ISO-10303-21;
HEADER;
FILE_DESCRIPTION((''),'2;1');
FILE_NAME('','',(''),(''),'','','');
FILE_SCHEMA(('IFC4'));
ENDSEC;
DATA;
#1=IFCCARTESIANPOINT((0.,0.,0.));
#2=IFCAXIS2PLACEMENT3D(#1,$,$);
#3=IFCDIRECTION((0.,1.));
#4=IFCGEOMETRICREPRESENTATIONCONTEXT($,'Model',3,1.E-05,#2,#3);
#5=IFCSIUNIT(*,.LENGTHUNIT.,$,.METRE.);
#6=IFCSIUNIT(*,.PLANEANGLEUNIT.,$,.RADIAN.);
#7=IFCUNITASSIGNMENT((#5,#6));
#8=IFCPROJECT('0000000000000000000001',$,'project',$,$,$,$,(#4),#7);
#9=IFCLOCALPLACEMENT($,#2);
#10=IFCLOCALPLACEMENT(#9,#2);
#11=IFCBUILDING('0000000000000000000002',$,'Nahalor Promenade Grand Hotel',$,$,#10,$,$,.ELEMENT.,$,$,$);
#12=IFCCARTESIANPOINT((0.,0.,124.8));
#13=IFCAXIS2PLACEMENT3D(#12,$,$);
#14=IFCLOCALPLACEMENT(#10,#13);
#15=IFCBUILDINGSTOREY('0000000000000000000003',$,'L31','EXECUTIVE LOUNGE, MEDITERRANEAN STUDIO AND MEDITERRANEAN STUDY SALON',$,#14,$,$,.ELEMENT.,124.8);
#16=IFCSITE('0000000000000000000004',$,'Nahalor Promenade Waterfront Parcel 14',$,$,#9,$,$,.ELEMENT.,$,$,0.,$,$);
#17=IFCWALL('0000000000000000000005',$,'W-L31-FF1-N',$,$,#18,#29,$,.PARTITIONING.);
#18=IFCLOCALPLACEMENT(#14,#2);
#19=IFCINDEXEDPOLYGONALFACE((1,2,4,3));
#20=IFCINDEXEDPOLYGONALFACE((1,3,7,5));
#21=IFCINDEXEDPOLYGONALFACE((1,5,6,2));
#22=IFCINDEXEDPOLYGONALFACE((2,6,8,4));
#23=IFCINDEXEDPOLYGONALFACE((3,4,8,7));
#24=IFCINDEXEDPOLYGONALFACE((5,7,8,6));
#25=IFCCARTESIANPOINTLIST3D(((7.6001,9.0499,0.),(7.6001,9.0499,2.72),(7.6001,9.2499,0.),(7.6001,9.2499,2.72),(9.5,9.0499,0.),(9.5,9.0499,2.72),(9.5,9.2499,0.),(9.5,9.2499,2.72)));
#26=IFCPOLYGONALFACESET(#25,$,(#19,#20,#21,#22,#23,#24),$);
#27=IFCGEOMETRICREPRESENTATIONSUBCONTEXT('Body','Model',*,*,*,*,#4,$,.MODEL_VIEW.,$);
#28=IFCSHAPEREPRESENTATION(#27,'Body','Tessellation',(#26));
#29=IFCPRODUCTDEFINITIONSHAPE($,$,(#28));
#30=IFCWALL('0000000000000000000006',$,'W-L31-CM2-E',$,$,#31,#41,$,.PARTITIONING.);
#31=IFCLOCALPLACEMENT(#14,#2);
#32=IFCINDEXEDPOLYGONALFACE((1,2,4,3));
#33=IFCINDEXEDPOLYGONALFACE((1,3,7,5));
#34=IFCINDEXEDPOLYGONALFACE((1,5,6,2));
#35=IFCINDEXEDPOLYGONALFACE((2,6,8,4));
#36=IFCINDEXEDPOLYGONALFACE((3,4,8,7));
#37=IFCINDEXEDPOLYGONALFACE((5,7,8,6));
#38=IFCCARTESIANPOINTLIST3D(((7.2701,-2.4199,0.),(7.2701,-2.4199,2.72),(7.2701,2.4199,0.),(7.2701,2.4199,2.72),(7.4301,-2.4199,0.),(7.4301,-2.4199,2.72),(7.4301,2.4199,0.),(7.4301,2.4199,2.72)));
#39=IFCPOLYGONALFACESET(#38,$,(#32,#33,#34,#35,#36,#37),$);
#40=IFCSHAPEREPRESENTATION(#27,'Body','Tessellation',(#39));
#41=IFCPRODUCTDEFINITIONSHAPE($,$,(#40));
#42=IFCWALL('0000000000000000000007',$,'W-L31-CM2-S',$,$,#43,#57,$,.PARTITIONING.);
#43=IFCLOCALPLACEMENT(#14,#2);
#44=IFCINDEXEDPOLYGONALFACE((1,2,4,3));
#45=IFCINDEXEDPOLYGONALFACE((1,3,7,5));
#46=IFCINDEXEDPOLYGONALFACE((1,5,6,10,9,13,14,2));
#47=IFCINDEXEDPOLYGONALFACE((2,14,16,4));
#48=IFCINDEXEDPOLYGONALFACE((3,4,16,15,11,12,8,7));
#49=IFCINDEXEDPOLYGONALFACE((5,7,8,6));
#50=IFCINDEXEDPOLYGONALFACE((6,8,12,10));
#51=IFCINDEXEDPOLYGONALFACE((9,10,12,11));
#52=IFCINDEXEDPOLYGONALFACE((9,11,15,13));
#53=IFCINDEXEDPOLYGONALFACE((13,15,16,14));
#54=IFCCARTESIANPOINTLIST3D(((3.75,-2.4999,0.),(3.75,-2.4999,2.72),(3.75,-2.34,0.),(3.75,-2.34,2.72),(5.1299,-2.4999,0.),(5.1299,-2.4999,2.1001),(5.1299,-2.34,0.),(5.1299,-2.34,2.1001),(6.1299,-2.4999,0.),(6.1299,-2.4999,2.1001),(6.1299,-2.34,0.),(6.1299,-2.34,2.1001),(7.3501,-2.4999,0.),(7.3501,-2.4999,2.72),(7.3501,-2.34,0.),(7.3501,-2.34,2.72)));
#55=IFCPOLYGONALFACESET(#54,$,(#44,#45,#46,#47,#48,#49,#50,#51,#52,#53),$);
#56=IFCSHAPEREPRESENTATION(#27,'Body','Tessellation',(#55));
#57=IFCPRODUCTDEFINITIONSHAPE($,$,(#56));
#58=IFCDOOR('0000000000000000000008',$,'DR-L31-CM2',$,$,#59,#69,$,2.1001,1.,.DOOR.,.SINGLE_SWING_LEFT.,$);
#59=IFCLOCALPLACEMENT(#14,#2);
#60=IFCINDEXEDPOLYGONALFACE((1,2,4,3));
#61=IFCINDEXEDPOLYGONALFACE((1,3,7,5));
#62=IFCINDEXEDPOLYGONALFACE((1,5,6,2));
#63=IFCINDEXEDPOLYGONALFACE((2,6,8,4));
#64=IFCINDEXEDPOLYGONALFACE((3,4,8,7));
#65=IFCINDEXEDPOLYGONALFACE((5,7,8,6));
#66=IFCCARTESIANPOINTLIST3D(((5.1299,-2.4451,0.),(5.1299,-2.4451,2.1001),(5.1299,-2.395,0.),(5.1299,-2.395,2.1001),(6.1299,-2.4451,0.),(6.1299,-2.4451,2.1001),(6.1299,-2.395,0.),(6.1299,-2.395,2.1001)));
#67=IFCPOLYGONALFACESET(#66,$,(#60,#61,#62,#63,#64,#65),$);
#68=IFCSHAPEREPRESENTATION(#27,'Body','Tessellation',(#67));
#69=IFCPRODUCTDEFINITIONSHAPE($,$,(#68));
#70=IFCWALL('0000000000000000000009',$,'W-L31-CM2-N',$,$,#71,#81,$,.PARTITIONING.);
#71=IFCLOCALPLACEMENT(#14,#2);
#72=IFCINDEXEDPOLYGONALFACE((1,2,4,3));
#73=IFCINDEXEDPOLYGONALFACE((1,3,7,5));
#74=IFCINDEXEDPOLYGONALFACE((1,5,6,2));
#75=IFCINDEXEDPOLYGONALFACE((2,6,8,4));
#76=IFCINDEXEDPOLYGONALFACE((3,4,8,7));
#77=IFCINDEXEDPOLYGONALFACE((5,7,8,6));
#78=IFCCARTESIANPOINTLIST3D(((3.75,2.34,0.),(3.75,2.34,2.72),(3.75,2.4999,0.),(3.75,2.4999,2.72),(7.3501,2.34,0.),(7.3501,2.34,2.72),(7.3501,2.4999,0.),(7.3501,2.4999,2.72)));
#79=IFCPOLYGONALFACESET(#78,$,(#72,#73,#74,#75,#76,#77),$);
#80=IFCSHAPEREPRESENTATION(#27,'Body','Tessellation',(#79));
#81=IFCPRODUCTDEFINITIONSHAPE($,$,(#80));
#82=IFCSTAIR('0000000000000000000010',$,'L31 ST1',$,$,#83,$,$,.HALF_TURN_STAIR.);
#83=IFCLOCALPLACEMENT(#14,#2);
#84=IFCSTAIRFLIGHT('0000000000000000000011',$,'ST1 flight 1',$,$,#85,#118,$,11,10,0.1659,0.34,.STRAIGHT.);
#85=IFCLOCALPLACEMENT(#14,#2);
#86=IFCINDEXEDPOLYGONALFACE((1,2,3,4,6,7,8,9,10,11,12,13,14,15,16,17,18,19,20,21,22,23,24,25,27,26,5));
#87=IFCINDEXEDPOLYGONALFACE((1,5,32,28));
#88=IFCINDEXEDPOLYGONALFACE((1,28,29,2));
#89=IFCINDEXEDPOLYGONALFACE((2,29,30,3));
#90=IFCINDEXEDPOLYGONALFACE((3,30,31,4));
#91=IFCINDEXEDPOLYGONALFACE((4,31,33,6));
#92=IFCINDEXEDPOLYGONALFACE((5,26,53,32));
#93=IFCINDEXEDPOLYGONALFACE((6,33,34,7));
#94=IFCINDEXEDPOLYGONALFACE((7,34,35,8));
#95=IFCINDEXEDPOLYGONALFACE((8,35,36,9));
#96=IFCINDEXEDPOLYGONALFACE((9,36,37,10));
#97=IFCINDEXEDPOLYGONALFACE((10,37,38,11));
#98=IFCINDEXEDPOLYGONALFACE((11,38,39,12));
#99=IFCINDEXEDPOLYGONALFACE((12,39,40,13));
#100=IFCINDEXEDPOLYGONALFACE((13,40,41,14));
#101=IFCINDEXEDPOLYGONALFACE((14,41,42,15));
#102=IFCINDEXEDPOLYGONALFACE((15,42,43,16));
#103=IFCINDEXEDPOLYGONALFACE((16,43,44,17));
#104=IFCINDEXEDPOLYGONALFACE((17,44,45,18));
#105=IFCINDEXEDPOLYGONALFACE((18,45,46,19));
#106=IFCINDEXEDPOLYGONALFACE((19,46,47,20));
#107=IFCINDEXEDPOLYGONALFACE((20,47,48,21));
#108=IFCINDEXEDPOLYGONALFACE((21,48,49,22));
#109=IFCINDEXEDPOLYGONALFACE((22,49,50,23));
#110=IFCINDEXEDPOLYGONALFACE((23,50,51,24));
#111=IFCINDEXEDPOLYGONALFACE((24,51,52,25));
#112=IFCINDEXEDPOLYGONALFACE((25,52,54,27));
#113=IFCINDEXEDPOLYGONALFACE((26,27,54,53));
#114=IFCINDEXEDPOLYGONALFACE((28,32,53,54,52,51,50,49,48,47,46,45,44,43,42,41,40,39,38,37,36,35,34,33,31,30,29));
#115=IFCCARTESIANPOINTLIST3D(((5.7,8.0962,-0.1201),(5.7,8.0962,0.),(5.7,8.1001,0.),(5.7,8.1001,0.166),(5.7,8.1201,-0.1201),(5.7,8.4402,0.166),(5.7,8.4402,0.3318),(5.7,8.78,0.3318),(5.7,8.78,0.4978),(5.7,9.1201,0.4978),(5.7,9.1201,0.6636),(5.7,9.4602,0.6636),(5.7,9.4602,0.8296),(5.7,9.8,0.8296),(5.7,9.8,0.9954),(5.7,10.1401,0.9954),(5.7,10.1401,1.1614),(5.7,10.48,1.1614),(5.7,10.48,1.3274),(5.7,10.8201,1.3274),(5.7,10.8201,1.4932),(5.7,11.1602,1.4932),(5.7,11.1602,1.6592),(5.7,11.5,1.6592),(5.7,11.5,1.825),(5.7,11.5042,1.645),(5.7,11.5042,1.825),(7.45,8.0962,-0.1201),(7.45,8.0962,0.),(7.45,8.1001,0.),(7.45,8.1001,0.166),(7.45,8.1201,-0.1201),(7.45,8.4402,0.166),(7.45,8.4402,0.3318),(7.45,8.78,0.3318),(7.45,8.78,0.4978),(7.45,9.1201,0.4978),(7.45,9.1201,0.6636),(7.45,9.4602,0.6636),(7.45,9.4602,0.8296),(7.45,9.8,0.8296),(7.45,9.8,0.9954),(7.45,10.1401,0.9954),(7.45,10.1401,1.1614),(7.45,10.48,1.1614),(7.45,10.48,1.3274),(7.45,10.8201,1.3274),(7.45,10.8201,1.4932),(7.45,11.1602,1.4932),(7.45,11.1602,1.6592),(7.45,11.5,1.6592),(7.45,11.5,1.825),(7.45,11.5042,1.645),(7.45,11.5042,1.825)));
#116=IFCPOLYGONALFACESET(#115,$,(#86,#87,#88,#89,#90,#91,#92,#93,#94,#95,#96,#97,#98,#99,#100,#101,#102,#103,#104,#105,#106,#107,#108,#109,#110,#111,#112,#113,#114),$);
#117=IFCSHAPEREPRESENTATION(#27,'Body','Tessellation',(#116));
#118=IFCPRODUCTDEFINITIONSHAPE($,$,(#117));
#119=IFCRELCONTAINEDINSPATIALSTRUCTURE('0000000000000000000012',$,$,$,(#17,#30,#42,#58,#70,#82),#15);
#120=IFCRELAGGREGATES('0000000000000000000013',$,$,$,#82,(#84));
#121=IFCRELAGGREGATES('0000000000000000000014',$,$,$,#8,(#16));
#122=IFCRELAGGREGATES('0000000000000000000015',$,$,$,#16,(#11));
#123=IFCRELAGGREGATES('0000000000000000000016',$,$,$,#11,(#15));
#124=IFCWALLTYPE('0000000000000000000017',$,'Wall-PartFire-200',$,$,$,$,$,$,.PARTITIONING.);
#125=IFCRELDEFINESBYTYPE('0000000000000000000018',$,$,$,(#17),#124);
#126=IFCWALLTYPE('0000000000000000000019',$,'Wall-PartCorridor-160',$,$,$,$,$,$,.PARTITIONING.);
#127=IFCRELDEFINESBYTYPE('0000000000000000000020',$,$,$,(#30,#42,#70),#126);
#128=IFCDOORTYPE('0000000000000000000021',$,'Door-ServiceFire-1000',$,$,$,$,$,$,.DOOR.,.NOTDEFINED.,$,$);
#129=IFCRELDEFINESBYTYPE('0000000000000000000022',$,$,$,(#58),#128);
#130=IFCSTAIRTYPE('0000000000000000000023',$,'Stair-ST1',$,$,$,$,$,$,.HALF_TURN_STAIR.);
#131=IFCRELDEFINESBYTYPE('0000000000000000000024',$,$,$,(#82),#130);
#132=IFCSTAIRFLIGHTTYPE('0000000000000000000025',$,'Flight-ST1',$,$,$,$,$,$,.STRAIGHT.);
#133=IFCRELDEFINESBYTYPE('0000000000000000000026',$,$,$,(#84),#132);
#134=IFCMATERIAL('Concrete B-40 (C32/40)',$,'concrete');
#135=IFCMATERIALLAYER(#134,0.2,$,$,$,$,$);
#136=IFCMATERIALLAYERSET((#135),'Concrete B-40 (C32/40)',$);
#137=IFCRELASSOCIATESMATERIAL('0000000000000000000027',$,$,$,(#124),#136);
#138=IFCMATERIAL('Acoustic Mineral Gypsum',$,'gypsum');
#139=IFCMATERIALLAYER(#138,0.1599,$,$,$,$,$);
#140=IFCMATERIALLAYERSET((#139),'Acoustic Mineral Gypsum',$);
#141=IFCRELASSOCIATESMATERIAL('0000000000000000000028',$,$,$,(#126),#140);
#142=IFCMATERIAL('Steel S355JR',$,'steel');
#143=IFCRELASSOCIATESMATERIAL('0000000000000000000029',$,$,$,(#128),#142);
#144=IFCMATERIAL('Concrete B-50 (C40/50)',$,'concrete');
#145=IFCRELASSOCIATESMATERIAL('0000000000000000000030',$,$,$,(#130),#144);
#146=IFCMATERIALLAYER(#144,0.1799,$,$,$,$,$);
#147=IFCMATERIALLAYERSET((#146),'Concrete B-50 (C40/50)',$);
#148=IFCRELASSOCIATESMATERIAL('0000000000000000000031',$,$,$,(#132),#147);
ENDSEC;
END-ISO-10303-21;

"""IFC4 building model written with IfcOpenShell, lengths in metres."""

from ifc_helpers import new_model, si_unit, direction, frame, frame_2d, origin, place, context, subcontext, project, spatial, polyline, rectangle, outline, extrude, source, transform, mapped, material, layer, layer_set, type_object, element, fill, aggregate, save


model = new_model("IFC4")

# Units and contexts
model_context = context("Model", 3, precision=1e-05, world=origin(), true_north=direction((0.0, 1.0)))
body_context = subcontext(model_context, "Body", "Model", "MODEL_VIEW")
ifc_project = project(units=[si_unit("LENGTHUNIT", "METRE"), si_unit("PLANEANGLEUNIT", "RADIAN")], contexts=[model_context])

# Site, building, storey
site_placement = place(None, origin())
site = spatial("IfcSite", under=ifc_project, at=site_placement, Name="Nahalor Promenade Waterfront Parcel 14", CompositionType="ELEMENT", RefElevation=0.0)
building_placement = place(site_placement, origin())
building = spatial("IfcBuilding", under=site, at=building_placement, Name="Nahalor Promenade Grand Hotel", CompositionType="ELEMENT")
storey_placement = place(building_placement, frame((0.0, 0.0, 124.8)))
storey = spatial("IfcBuildingStorey", under=building, at=storey_placement, Name="L31", Description="EXECUTIVE LOUNGE, MEDITERRANEAN STUDIO AND MEDITERRANEAN STUDY SALON", CompositionType="ELEMENT", Elevation=124.8)

# Shared definitions
ifc_material_1 = material(Name="Steel S355JR", Category="steel")

# Shared definitions
ifc_material_2 = material(Name="Concrete B-50 (C40/50)", Category="concrete")

# Wall
ifc_material_3 = material(Name="Concrete B-40 (C32/40)", Category="concrete")
ifc_layer_1 = layer(ifc_material_3, 0.2)
ifc_layer_set_1 = layer_set([ifc_layer_1], Name="Concrete B-40 (C32/40)")
wall_type_1 = type_object("IfcWallType", Name="Wall-PartFire-200", PredefinedType="PARTITIONING", material=ifc_layer_set_1)
shared_shape_1 = source(origin(), body_context, "Body", "SweptSolid", [
    extrude(rectangle(XDim=1.8999, YDim=0.2, at=frame_2d((0.95, 0.0))), origin(), (0.0, 0.0, 1.0), 2.72),
])
wall_1_placement = place(storey_placement, frame((7.6001, 9.1499, 0.0), z_axis=(0.0, 0.0, 1.0), x_axis=(1.0, 0.0, 0.0)))
element("IfcWall", 1, at=wall_1_placement, inside=storey, type_object=wall_type_1, Name="W-L31-FF1-N", PredefinedType="PARTITIONING", context=body_context, shape_type="MappedRepresentation", body=[
    mapped(shared_shape_1, transform((0.0, 0.0, 0.0), scale=1.0)),
])

# Wall
ifc_material_4 = material(Name="Acoustic Mineral Gypsum", Category="gypsum")
ifc_layer_2 = layer(ifc_material_4, 0.1599)
ifc_layer_set_2 = layer_set([ifc_layer_2], Name="Acoustic Mineral Gypsum")
wall_type_2 = type_object("IfcWallType", Name="Wall-PartCorridor-160", PredefinedType="PARTITIONING", material=ifc_layer_set_2)
shared_shape_2 = source(origin(), body_context, "Body", "SweptSolid", [
    extrude(rectangle(XDim=4.8398, YDim=0.1599, at=frame_2d((2.4199, 0.0))), origin(), (0.0, 0.0, 1.0), 2.72),
])
wall_2_placement = place(storey_placement, frame((7.3501, -2.4199, 0.0), z_axis=(0.0, 0.0, 1.0), x_axis=(0.0, 1.0, 0.0)))
element("IfcWall", 2, at=wall_2_placement, inside=storey, type_object=wall_type_2, Name="W-L31-CM2-E", PredefinedType="PARTITIONING", context=body_context, shape_type="MappedRepresentation", body=[
    mapped(shared_shape_2, transform((0.0, 0.0, 0.0), scale=1.0)),
])

# Wall, opening, door
shared_shape_3 = source(origin(), body_context, "Body", "SweptSolid", [
    extrude(rectangle(XDim=3.6001, YDim=0.1599, at=frame_2d((1.8, 0.0))), origin(), (0.0, 0.0, 1.0), 2.72),
])
wall_3_placement = place(storey_placement, frame((3.75, -2.4199, 0.0), z_axis=(0.0, 0.0, 1.0), x_axis=(1.0, 0.0, 0.0)))
wall_3 = element("IfcWall", 3, at=wall_3_placement, inside=storey, type_object=wall_type_2, Name="W-L31-CM2-S", PredefinedType="PARTITIONING", context=body_context, shape_type="MappedRepresentation", body=[
    mapped(shared_shape_3, transform((0.0, 0.0, 0.0), scale=1.0)),
])
opening_1_placement = place(wall_3_placement, frame((1.3799, 0.0, 0.0)))
opening_1 = element("IfcOpeningElement", 4, at=opening_1_placement, cuts=wall_3, PredefinedType="OPENING", context=body_context, shape_type="SweptSolid", body=[
    extrude(rectangle(XDim=1.0, YDim=2.1001, at=frame_2d((0.5, 1.05))), frame((0.0, 0.0898, 0.0), z_axis=(0.0, -1.0, 0.0), x_axis=(1.0, 0.0, 0.0)), (0.0, 0.0, 1.0), 0.1799),
])
door_type_1 = type_object("IfcDoorType", Name="Door-ServiceFire-1000", OperationType="NOTDEFINED", PredefinedType="DOOR", material=ifc_material_1)
shared_shape_4 = source(origin(), body_context, "Body", "SweptSolid", [
    extrude(rectangle(XDim=1.0, YDim=2.1001, at=frame_2d((0.5, 1.05))), frame((0.0, 0.0249, 0.0), z_axis=(0.0, -1.0, 0.0), x_axis=(1.0, 0.0, 0.0)), (0.0, 0.0, 1.0), 0.05),
])
door_1_placement = place(opening_1_placement, origin())
door_1 = element("IfcDoor", 5, at=door_1_placement, inside=storey, type_object=door_type_1, Name="DR-L31-CM2", OperationType="SINGLE_SWING_LEFT", OverallHeight=2.1001, OverallWidth=1.0, PredefinedType="DOOR", context=body_context, shape_type="MappedRepresentation", body=[
    mapped(shared_shape_4, transform((0.0, 0.0, 0.0), scale=1.0)),
])
fill(opening_1, door_1)

# Wall
wall_4_placement = place(storey_placement, frame((3.75, 2.4199, 0.0), z_axis=(0.0, 0.0, 1.0), x_axis=(1.0, 0.0, 0.0)))
element("IfcWall", 6, at=wall_4_placement, inside=storey, type_object=wall_type_2, Name="W-L31-CM2-N", PredefinedType="PARTITIONING", context=body_context, shape_type="MappedRepresentation", body=[
    mapped(shared_shape_3, transform((0.0, 0.0, 0.0), scale=1.0)),
])

# Stair, stair flight
stair_type = type_object("IfcStairType", Name="Stair-ST1", PredefinedType="HALF_TURN_STAIR", material=ifc_material_2)
stair_placement = place(storey_placement, origin())
stair = element("IfcStair", 7, at=stair_placement, inside=storey, type_object=stair_type, Name="L31 ST1", PredefinedType="HALF_TURN_STAIR")
ifc_layer_3 = layer(ifc_material_2, 0.1799)
ifc_layer_set_3 = layer_set([ifc_layer_3], Name="Concrete B-50 (C40/50)")
stair_flight_type = type_object("IfcStairFlightType", Name="Flight-ST1", PredefinedType="STRAIGHT", material=ifc_layer_set_3)
shared_shape_5 = source(origin(), body_context, "Body", "SweptSolid", [
    extrude(outline(polyline([(-0.0039, -0.1201), (-0.0039, 0.0), (0.0, 0.0), (0.0, 0.166), (0.3401, 0.166), (0.3401, 0.3318), (0.6799, 0.3318), (0.6799, 0.4978), (1.02, 0.4978), (1.02, 0.6636), (1.3601, 0.6636), (1.3601, 0.8296), (1.7, 0.8296), (1.7, 0.9954), (2.04, 0.9954), (2.04, 1.1614), (2.3799, 1.1614), (2.3799, 1.3274), (2.72, 1.3274), (2.72, 1.4932), (3.0601, 1.4932), (3.0601, 1.6592), (3.3999, 1.6592), (3.3999, 1.825), (3.4041, 1.825), (3.4041, 1.645), (0.02, -0.1201), (-0.0039, -0.1201)])), frame((0.0, 0.875, 0.0), z_axis=(0.0, -1.0, 0.0), x_axis=(1.0, 0.0, 0.0)), (0.0, 0.0, 1.0), 1.75),
])
stair_flight_placement = place(storey_placement, frame((6.575, 8.1001, 0.0), z_axis=(0.0, 0.0, 1.0), x_axis=(0.0, 1.0, 0.0)))
stair_flight = element("IfcStairFlight", 8, at=stair_flight_placement, type_object=stair_flight_type, Name="ST1 flight 1", NumberOfRisers=11, NumberOfTreads=10, PredefinedType="STRAIGHT", RiserHeight=0.1659, TreadLength=0.34, context=body_context, shape_type="MappedRepresentation", body=[
    mapped(shared_shape_5, transform((0.0, 0.0, 0.0), scale=1.0)),
])
aggregate(stair, [stair_flight])

save(model, "model.ifc")
